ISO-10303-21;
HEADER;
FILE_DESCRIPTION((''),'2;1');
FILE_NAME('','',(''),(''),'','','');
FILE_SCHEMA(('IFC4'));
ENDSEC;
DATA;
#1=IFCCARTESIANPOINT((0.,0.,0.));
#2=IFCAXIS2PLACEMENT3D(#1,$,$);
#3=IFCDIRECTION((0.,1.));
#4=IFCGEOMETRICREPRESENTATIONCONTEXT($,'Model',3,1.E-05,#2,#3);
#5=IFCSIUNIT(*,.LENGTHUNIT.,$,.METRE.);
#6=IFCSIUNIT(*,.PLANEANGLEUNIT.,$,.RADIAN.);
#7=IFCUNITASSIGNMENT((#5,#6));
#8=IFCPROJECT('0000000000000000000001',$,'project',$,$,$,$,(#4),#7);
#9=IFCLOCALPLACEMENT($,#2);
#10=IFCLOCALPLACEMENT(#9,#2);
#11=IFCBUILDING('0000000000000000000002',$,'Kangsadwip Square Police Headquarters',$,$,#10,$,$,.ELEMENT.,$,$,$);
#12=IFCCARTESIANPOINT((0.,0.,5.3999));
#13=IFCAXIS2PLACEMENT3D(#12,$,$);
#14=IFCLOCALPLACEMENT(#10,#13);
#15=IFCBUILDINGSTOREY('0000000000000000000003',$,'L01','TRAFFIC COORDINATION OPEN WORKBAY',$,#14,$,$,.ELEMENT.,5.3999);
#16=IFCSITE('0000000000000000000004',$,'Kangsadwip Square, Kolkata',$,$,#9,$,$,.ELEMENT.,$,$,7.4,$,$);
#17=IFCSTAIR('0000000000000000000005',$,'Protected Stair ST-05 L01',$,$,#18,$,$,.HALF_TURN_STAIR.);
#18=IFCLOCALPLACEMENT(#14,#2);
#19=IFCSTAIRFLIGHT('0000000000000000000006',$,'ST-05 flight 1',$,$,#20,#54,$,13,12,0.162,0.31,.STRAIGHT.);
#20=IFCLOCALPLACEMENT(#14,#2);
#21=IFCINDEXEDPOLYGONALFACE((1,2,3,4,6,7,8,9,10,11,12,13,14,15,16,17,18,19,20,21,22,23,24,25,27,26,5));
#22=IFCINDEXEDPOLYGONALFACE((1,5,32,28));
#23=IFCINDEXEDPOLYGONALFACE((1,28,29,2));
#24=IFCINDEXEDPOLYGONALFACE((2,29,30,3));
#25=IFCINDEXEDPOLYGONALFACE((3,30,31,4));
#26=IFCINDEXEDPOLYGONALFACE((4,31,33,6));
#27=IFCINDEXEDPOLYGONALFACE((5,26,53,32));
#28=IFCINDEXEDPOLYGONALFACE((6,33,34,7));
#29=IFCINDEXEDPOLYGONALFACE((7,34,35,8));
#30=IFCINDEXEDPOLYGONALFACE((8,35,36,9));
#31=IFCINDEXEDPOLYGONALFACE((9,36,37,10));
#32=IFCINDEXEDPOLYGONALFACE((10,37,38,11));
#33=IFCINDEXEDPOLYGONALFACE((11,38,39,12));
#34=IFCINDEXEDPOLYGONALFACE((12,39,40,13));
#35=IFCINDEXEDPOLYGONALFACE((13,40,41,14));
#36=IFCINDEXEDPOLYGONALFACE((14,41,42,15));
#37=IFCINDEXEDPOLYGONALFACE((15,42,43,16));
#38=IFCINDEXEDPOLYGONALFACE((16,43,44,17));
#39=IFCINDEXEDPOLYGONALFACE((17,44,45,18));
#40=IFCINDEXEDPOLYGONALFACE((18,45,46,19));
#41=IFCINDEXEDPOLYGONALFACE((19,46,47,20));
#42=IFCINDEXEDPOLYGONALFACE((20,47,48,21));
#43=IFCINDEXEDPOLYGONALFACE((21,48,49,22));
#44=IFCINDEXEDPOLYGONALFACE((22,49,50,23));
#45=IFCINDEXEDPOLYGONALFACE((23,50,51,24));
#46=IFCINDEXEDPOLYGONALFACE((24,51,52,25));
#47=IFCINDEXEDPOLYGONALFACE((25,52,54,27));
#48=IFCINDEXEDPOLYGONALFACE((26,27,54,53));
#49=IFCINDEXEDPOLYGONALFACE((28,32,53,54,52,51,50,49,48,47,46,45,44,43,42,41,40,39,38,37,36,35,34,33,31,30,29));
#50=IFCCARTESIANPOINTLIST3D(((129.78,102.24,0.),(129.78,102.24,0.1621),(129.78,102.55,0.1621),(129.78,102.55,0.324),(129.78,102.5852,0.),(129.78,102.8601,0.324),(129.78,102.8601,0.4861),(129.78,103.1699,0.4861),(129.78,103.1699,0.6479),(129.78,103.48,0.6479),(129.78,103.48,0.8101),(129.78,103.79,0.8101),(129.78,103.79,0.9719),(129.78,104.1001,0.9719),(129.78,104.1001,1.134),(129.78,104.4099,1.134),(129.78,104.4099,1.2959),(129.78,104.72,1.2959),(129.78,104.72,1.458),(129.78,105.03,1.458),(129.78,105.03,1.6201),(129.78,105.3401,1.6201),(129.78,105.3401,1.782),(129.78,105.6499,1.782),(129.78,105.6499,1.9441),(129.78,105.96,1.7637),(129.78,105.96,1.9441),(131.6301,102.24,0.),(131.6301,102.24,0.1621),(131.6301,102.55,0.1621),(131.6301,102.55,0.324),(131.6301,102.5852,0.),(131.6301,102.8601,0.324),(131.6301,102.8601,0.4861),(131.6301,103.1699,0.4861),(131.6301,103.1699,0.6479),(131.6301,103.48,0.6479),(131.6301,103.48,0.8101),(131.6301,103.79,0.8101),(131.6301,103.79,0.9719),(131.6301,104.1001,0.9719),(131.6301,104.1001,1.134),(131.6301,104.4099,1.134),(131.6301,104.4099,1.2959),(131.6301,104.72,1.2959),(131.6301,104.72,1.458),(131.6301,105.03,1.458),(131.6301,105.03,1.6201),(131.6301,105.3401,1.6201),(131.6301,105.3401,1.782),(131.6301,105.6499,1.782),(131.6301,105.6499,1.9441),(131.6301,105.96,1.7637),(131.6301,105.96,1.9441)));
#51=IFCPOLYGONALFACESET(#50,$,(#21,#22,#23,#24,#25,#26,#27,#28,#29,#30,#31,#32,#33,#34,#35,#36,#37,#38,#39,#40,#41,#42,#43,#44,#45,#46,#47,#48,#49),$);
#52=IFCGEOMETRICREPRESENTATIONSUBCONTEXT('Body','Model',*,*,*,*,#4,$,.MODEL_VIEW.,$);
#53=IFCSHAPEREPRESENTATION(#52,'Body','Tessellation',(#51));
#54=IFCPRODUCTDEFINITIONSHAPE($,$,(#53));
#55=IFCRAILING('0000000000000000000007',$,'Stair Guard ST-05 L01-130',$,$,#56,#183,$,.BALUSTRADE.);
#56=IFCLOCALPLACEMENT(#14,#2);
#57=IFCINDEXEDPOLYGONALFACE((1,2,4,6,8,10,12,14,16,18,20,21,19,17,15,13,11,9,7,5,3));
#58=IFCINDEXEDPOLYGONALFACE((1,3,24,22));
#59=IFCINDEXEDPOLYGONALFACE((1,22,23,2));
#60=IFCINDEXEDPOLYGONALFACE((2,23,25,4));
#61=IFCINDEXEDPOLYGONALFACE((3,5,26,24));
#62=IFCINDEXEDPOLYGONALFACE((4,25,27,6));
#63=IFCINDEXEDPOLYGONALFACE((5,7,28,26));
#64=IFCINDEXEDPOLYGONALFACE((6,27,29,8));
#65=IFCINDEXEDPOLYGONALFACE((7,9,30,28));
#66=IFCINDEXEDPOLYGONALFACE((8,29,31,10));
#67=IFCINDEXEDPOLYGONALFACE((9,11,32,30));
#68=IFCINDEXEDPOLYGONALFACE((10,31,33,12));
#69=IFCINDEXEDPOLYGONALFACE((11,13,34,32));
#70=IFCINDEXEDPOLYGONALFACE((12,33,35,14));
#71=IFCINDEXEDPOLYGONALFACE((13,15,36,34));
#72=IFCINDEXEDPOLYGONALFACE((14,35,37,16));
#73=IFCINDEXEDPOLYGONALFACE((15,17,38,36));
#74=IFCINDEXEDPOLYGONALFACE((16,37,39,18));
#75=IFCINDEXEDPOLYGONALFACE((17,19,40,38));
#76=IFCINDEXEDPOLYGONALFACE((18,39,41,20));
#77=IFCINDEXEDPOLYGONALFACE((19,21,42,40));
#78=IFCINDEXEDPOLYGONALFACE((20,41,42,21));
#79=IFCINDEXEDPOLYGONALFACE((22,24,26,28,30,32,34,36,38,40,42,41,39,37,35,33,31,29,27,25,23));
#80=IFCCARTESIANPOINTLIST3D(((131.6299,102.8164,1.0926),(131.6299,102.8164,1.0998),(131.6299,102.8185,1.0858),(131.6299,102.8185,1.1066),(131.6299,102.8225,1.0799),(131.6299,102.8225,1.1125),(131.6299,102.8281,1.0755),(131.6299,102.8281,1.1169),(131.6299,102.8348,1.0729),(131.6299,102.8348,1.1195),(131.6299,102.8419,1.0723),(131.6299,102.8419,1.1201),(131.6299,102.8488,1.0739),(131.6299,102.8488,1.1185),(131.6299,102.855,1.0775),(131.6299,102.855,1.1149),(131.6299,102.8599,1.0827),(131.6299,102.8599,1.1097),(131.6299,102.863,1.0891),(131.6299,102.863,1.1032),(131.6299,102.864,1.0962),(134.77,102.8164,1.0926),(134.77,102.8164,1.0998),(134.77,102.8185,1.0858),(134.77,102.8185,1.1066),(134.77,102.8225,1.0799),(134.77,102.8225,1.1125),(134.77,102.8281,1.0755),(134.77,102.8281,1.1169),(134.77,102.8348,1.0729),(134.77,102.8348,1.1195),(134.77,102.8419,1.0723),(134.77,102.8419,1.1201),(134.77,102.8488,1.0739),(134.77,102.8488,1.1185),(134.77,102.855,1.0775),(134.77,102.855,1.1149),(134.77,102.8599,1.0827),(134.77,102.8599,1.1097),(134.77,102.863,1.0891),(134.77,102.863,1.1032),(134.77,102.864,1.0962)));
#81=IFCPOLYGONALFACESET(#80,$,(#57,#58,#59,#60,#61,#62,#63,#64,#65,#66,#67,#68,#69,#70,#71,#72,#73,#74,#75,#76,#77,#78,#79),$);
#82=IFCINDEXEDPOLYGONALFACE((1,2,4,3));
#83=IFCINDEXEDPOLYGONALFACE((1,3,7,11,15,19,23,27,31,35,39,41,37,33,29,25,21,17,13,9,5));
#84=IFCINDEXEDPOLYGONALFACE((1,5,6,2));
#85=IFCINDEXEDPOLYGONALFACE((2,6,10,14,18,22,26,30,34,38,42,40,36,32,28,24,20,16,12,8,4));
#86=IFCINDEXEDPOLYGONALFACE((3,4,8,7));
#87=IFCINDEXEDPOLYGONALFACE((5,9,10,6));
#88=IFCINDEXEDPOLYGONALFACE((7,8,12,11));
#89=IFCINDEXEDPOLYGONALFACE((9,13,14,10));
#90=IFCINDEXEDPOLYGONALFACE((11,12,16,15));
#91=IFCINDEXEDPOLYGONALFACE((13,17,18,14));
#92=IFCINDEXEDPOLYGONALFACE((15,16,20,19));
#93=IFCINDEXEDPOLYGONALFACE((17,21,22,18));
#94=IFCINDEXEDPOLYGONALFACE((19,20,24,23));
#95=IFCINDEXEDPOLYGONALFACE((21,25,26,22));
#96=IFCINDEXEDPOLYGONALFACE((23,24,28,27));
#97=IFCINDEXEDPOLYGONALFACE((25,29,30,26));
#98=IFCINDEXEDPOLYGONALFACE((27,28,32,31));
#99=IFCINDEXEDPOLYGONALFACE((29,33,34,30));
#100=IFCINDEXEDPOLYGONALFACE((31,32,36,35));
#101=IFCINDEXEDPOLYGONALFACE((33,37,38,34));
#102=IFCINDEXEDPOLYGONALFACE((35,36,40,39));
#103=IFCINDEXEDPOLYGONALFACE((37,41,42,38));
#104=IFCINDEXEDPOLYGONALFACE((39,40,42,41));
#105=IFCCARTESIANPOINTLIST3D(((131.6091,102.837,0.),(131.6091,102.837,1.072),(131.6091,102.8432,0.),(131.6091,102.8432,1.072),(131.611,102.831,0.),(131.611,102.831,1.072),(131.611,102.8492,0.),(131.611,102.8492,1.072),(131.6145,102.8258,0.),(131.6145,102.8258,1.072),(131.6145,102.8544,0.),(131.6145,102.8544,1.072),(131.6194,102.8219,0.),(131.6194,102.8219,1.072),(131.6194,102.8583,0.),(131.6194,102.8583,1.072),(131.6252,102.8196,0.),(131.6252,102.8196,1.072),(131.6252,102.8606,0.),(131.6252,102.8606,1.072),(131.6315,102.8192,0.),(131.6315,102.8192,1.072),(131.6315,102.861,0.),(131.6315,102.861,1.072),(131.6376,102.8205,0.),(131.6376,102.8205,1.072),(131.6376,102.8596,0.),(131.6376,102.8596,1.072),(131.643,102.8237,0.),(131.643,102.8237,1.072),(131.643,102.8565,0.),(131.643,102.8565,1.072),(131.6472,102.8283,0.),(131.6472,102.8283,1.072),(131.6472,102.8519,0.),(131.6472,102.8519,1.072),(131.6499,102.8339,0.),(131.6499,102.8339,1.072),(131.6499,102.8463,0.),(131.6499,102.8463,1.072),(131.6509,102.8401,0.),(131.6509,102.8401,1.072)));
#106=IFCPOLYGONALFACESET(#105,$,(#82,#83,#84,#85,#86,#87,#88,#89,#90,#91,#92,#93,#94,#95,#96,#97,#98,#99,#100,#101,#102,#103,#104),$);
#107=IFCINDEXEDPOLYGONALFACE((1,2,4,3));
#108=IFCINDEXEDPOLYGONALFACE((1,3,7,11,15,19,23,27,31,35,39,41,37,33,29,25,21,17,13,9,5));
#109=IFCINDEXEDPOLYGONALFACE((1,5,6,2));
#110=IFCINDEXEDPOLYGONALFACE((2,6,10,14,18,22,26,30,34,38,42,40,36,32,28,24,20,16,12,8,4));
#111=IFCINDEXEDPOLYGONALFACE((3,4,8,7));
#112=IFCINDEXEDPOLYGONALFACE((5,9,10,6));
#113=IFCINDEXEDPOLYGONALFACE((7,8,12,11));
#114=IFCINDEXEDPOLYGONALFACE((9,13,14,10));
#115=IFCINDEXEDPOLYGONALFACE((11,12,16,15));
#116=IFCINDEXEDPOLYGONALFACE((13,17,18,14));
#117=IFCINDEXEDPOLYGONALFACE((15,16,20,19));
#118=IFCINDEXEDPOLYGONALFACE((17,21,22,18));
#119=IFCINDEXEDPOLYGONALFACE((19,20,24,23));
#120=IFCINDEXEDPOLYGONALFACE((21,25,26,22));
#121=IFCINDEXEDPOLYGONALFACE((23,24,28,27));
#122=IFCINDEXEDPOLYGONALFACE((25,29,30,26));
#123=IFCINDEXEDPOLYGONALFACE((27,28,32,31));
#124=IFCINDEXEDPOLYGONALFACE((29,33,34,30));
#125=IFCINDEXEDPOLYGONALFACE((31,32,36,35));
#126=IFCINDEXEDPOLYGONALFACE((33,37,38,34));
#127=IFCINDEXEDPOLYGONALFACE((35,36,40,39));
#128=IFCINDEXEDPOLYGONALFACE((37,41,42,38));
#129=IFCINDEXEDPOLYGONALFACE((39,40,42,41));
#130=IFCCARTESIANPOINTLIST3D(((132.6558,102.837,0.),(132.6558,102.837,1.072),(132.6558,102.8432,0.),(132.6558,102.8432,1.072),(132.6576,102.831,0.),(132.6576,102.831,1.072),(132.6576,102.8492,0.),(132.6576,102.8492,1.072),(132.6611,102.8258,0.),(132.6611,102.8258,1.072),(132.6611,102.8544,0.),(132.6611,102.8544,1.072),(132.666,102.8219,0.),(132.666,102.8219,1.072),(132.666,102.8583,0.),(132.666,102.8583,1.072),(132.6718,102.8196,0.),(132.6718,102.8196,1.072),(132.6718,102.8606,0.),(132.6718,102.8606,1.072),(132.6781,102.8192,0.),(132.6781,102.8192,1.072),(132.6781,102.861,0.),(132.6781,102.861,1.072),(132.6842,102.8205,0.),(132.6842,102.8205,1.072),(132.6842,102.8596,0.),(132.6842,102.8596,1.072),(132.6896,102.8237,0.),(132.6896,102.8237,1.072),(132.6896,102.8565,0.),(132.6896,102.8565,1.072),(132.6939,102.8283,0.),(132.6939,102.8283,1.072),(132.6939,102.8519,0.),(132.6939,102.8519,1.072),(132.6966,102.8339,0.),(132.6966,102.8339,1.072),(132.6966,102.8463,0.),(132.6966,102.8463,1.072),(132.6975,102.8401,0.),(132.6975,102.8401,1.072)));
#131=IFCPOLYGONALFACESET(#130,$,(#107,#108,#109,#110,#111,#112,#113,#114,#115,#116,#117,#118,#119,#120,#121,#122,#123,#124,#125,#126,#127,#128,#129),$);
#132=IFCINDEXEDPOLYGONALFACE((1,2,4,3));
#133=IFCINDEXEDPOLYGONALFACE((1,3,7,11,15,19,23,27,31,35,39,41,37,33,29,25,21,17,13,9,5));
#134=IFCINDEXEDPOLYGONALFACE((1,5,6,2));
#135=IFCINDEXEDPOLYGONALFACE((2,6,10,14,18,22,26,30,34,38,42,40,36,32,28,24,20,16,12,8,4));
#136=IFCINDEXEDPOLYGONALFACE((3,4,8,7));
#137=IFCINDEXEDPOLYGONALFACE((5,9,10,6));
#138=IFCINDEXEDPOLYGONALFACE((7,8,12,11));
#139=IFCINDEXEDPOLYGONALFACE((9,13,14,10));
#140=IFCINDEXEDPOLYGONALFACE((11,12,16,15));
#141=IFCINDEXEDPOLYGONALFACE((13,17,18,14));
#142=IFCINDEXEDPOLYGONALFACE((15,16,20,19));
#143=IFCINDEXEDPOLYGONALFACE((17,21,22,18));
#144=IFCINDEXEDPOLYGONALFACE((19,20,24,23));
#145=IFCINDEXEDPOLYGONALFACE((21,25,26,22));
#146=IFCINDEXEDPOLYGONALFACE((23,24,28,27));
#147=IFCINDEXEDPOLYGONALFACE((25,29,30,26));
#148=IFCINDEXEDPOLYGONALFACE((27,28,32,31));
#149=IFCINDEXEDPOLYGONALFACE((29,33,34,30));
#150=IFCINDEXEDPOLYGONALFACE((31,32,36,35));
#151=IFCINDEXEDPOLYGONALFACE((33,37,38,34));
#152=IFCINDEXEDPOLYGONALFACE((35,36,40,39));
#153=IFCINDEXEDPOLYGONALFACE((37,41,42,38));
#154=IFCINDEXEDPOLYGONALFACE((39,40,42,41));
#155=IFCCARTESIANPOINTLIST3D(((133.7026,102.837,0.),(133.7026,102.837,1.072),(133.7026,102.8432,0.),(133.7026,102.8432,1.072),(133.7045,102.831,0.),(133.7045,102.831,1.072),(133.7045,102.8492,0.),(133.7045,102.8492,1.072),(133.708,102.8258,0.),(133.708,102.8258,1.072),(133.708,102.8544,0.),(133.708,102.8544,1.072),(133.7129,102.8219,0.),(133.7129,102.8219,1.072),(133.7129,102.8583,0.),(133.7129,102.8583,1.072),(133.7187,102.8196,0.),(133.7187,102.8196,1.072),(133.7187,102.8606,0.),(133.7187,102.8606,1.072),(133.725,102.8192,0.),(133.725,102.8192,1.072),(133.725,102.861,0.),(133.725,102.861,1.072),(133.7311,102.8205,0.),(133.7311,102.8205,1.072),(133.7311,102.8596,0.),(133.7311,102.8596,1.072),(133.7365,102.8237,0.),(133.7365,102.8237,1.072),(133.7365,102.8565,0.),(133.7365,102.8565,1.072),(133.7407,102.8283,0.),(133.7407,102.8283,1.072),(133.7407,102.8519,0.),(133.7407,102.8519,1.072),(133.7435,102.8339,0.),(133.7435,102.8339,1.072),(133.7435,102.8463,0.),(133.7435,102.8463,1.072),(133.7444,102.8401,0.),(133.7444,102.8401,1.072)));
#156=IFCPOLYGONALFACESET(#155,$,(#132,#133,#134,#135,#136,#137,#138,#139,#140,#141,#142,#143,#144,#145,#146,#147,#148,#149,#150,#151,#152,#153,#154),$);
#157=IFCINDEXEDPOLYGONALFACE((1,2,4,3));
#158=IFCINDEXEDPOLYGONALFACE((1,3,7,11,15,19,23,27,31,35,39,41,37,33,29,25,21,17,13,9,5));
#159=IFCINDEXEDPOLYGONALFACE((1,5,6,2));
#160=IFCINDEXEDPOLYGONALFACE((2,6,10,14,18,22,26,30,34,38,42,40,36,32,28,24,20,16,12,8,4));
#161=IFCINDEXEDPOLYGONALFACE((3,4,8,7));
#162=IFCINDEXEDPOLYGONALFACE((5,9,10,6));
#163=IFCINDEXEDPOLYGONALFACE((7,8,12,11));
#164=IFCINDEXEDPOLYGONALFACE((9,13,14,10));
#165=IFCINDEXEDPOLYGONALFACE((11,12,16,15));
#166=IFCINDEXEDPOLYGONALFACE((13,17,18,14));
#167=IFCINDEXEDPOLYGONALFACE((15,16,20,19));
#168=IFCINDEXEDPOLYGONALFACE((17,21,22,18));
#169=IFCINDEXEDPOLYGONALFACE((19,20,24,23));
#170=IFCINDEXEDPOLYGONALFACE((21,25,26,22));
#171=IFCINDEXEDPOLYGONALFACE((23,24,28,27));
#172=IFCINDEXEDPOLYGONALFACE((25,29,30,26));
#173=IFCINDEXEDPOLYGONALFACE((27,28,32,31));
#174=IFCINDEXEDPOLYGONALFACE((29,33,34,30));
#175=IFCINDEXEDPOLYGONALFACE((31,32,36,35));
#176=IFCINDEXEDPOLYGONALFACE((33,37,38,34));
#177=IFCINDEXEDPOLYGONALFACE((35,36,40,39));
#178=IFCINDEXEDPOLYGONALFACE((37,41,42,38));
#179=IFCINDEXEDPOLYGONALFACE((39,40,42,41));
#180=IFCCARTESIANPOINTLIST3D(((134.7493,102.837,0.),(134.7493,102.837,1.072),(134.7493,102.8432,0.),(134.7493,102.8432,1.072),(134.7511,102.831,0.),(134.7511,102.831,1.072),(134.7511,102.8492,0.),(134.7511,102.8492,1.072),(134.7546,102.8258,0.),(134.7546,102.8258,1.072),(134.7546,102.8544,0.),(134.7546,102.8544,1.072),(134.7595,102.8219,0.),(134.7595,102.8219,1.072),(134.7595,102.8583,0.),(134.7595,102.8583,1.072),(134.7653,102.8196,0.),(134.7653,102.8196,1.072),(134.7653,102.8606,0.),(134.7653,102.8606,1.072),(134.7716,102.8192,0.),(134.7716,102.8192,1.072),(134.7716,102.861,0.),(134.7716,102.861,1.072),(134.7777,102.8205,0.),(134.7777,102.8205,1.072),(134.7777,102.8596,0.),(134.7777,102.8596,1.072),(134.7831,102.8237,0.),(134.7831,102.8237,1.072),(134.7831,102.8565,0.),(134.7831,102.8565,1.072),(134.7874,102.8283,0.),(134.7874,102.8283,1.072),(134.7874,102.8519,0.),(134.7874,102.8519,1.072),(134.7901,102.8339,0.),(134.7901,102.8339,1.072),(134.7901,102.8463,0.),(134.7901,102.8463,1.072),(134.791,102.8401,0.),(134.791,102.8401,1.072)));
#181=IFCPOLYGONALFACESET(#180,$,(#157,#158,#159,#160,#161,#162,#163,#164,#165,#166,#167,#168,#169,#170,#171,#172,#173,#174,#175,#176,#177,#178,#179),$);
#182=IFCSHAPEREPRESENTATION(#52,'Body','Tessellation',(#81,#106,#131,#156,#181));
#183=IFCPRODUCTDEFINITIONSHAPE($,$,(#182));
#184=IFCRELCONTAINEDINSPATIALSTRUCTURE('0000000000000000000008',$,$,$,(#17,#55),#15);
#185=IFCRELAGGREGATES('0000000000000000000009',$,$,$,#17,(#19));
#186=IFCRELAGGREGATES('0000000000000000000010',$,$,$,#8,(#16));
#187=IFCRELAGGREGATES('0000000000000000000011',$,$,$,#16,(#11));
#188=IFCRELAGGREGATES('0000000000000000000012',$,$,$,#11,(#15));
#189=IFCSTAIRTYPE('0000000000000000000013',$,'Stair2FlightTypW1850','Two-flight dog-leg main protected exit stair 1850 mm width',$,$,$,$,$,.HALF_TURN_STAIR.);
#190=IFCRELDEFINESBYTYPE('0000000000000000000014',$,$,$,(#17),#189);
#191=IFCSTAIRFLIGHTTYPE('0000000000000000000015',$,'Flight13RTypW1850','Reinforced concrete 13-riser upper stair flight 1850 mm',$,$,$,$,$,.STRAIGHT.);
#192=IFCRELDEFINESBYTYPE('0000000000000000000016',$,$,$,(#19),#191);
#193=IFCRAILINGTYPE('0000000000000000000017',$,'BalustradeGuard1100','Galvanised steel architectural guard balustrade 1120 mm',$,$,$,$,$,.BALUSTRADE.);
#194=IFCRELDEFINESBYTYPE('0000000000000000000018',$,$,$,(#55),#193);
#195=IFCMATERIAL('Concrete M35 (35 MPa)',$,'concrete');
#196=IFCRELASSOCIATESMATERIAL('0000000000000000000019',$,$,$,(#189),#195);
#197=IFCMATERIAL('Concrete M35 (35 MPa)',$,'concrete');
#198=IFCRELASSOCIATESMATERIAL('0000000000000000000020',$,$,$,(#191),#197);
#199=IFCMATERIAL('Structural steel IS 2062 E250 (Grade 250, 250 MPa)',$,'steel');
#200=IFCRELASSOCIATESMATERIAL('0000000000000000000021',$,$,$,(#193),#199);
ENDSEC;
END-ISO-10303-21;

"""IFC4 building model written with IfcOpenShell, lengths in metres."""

from ifc_helpers import new_model, si_unit, direction, frame, origin, origin_2d, place, context, subcontext, project, spatial, polyline, circle, outline, extrude, material, type_object, element, aggregate, save


model = new_model("IFC4")

# Units and contexts
model_context = context("Model", 3, precision=1e-05, world=origin(), true_north=direction((0.0, 1.0)))
body_context = subcontext(model_context, "Body", "Model", "MODEL_VIEW")
ifc_project = project(units=[si_unit("LENGTHUNIT", "METRE"), si_unit("PLANEANGLEUNIT", "RADIAN")], contexts=[model_context])

# Site, building, storey
site_placement = place(None, origin())
site = spatial("IfcSite", under=ifc_project, at=site_placement, Name="Kangsadwip Square, Kolkata", CompositionType="ELEMENT", RefElevation=7.4)
building_placement = place(site_placement, origin())
building = spatial("IfcBuilding", under=site, at=building_placement, Name="Kangsadwip Square Police Headquarters", CompositionType="ELEMENT")
storey_placement = place(building_placement, frame((0.0, 0.0, 5.3999)))
storey = spatial("IfcBuildingStorey", under=building, at=storey_placement, Name="L01", Description="TRAFFIC COORDINATION OPEN WORKBAY", CompositionType="ELEMENT", Elevation=5.3999)

# Stair, stair flight
ifc_material_1 = material(Name="Concrete M35 (35 MPa)", Category="concrete")
stair_type = type_object("IfcStairType", Name="Stair2FlightTypW1850", Description="Two-flight dog-leg main protected exit stair 1850 mm width", PredefinedType="HALF_TURN_STAIR", material=ifc_material_1)
stair_placement = place(storey_placement, origin())
stair = element("IfcStair", 1, at=stair_placement, inside=storey, type_object=stair_type, Name="Protected Stair ST-05 L01", PredefinedType="HALF_TURN_STAIR")
ifc_material_2 = material(Name="Concrete M35 (35 MPa)", Category="concrete")
stair_flight_type_1 = type_object("IfcStairFlightType", Name="Flight13RTypW1850", Description="Reinforced concrete 13-riser upper stair flight 1850 mm", PredefinedType="STRAIGHT", material=ifc_material_2)
stair_flight_1_placement = place(storey_placement, frame((130.7051, 102.24, 0.0), z_axis=(0.0, 0.0, 1.0), x_axis=(0.0, 1.0, 0.0)))
stair_flight_1 = element("IfcStairFlight", 2, at=stair_flight_1_placement, type_object=stair_flight_type_1, Name="ST-05 flight 1", NumberOfRisers=13, NumberOfTreads=12, PredefinedType="STRAIGHT", RiserHeight=0.162, TreadLength=0.31, context=body_context, shape_type="SweptSolid", body=[
    extrude(outline(polyline([(0.0, 0.0), (0.0, 0.1621), (0.3101, 0.1621), (0.3101, 0.324), (0.6201, 0.324), (0.6201, 0.4861), (0.9299, 0.4861), (0.9299, 0.6479), (1.24, 0.6479), (1.24, 0.8101), (1.55, 0.8101), (1.55, 0.9719), (1.8601, 0.9719), (1.8601, 1.134), (2.1699, 1.134), (2.1699, 1.2959), (2.48, 1.2959), (2.48, 1.458), (2.79, 1.458), (2.79, 1.6201), (3.1001, 1.6201), (3.1001, 1.782), (3.4099, 1.782), (3.4099, 1.9441), (3.72, 1.9441), (3.72, 2.106), (3.72, 1.7637), (0.3452, 0.0), (0.0, 0.0)])), frame((0.0, 0.925, 0.0), z_axis=(0.0, -1.0, 0.0), x_axis=(1.0, 0.0, 0.0)), (0.0, 0.0, 1.0), 1.8501),
])
aggregate(stair, [stair_flight_1])

# Railing
ifc_material_3 = material(Name="Structural steel IS 2062 E250 (Grade 250, 250 MPa)", Category="steel")
railing_type_1 = type_object("IfcRailingType", Name="BalustradeGuard1100", Description="Galvanised steel architectural guard balustrade 1120 mm", PredefinedType="BALUSTRADE", material=ifc_material_3)
for number, where, name in (
    (3, (131.6299, 102.8401, 0.0), "Stair Guard ST-05 L01-130"),
):
    element("IfcRailing", number, at=place(storey_placement, frame(where)), inside=storey, type_object=railing_type_1, Name=name, PredefinedType="BALUSTRADE", context=body_context, shape_type="SweptSolid", body=[
        extrude(circle(Radius=0.0239, at=origin_2d()), frame((0.0, 0.0, 1.0962), z_axis=(1.0, 0.0, 0.0), x_axis=(0.0, 1.0, 0.0)), (0.0, 0.0, 1.0), 3.1401),
        extrude(circle(Radius=0.021, at=origin_2d()), origin(), (0.0, 0.0, 1.0), 1.072),
        extrude(circle(Radius=0.021, at=origin_2d()), frame((1.0466, 0.0, 0.0)), (0.0, 0.0, 1.0), 1.072),
        extrude(circle(Radius=0.021, at=origin_2d()), frame((2.0935, 0.0, 0.0)), (0.0, 0.0, 1.0), 1.072),
        extrude(circle(Radius=0.021, at=origin_2d()), frame((3.1401, 0.0, 0.0)), (0.0, 0.0, 1.0), 1.072),
    ])

save(model, "model.ifc")
